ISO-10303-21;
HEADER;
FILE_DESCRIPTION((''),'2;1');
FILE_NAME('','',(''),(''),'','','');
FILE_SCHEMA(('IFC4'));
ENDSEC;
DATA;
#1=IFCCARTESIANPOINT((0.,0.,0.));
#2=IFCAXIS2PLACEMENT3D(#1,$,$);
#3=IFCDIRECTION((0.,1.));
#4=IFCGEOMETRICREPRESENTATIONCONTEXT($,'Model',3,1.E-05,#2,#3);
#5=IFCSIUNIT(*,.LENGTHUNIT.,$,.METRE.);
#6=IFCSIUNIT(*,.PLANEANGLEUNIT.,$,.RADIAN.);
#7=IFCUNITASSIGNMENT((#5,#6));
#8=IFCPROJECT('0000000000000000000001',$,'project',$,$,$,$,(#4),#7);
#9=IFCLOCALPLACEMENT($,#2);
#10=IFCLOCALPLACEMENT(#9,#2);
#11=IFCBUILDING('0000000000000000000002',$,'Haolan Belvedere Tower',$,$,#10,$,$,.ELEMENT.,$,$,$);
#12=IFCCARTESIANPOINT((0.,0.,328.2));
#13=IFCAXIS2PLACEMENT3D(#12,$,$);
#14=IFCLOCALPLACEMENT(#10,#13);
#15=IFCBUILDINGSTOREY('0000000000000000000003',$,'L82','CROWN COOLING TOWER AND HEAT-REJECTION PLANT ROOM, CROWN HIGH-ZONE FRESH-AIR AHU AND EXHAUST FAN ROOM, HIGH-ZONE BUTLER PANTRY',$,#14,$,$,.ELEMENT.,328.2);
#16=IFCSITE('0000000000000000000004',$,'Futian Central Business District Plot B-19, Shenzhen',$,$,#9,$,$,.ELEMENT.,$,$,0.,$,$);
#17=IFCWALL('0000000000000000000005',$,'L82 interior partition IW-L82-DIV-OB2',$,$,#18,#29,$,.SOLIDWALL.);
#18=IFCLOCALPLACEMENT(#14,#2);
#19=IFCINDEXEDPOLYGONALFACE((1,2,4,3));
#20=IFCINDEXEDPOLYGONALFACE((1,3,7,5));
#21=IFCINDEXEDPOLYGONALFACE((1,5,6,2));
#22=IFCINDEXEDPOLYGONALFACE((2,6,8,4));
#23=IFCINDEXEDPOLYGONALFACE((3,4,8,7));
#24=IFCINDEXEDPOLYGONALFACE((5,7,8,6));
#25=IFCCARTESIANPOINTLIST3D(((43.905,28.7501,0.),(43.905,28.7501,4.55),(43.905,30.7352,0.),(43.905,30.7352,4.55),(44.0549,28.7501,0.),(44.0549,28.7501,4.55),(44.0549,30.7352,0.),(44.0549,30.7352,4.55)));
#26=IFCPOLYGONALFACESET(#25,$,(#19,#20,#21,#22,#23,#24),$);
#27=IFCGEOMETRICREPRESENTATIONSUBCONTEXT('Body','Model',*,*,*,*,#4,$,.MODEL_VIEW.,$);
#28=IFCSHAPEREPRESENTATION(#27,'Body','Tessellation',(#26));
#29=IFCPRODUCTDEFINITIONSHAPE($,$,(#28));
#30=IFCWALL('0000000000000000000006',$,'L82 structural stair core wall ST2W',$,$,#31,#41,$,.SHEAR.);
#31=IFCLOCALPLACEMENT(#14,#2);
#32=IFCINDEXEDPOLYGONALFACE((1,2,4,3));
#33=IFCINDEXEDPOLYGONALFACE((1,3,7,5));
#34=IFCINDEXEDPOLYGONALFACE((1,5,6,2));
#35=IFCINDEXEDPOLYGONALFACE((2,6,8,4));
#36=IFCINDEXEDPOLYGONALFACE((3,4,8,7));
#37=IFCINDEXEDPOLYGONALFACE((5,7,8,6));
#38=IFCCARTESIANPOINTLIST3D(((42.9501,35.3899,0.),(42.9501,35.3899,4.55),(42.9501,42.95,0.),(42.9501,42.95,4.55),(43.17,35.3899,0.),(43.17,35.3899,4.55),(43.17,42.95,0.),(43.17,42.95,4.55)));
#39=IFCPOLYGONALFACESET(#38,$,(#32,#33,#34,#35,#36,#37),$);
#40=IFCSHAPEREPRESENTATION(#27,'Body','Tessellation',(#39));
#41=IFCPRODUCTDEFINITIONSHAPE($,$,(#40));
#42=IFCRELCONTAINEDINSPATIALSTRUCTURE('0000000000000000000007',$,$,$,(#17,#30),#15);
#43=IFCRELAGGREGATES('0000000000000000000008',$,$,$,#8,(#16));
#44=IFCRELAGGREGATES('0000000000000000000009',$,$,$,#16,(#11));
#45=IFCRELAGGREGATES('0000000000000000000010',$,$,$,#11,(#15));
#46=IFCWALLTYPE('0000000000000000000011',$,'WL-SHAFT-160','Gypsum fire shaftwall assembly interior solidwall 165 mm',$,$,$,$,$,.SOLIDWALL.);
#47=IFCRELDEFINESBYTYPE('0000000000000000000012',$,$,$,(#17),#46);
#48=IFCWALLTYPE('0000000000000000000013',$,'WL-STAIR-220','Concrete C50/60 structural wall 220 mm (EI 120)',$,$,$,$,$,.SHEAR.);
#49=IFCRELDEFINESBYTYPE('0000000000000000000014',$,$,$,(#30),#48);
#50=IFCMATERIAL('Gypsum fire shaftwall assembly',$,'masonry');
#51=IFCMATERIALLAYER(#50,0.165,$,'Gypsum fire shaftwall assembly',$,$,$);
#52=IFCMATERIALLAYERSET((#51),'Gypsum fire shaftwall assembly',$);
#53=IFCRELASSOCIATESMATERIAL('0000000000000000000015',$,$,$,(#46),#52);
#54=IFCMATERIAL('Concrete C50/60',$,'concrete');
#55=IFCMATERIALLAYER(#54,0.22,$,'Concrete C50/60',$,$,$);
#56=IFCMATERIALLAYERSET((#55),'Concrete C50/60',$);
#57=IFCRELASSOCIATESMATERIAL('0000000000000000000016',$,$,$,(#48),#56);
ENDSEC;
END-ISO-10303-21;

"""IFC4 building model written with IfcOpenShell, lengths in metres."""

from ifc_helpers import new_model, si_unit, direction, frame, frame_2d, origin, place, context, subcontext, project, spatial, rectangle, extrude, material, layer, layer_set, type_object, element, save


model = new_model("IFC4")

# Units and contexts
model_context = context("Model", 3, precision=1e-05, world=origin(), true_north=direction((0.0, 1.0)))
body_context = subcontext(model_context, "Body", "Model", "MODEL_VIEW")
ifc_project = project(units=[si_unit("LENGTHUNIT", "METRE"), si_unit("PLANEANGLEUNIT", "RADIAN")], contexts=[model_context])

# Site, building, storey
site_placement = place(None, origin())
site = spatial("IfcSite", under=ifc_project, at=site_placement, Name="Futian Central Business District Plot B-19, Shenzhen", CompositionType="ELEMENT", RefElevation=0.0)
building_placement = place(site_placement, origin())
building = spatial("IfcBuilding", under=site, at=building_placement, Name="Haolan Belvedere Tower", CompositionType="ELEMENT")
storey_placement = place(building_placement, frame((0.0, 0.0, 328.2)))
storey = spatial("IfcBuildingStorey", under=building, at=storey_placement, Name="L82", Description="CROWN COOLING TOWER AND HEAT-REJECTION PLANT ROOM, CROWN HIGH-ZONE FRESH-AIR AHU AND EXHAUST FAN ROOM, HIGH-ZONE BUTLER PANTRY", CompositionType="ELEMENT", Elevation=328.2)

# Walls
ifc_material_1 = material(Name="Gypsum fire shaftwall assembly", Category="masonry")
ifc_layer_1 = layer(ifc_material_1, 0.165, Name="Gypsum fire shaftwall assembly")
ifc_layer_set_1 = layer_set([ifc_layer_1], Name="Gypsum fire shaftwall assembly")
wall_type_1 = type_object("IfcWallType", Name="WL-SHAFT-160", Description="Gypsum fire shaftwall assembly interior solidwall 165 mm", PredefinedType="SOLIDWALL", material=ifc_layer_set_1)
wall_1_placement = place(storey_placement, frame((43.98, 28.75, 0.0), z_axis=(0.0, 0.0, 1.0), x_axis=(0.0, 1.0, 0.0)))
element("IfcWall", 1, at=wall_1_placement, inside=storey, type_object=wall_type_1, Name="L82 interior partition IW-L82-DIV-OB2", PredefinedType="SOLIDWALL", context=body_context, shape_type="SweptSolid", body=[
    extrude(rectangle(XDim=1.9851, YDim=0.1499, at=frame_2d((0.9927, 0.0))), origin(), (0.0, 0.0, 1.0), 4.55),
])
ifc_material_2 = material(Name="Concrete C50/60", Category="concrete")
ifc_layer_2 = layer(ifc_material_2, 0.22, Name="Concrete C50/60")
ifc_layer_set_2 = layer_set([ifc_layer_2], Name="Concrete C50/60")
wall_type_2 = type_object("IfcWallType", Name="WL-STAIR-220", Description="Concrete C50/60 structural wall 220 mm (EI 120)", PredefinedType="SHEAR", material=ifc_layer_set_2)
wall_2_placement = place(storey_placement, frame((43.0601, 35.3899, 0.0), z_axis=(0.0, 0.0, 1.0), x_axis=(0.0, 1.0, 0.0)))
element("IfcWall", 2, at=wall_2_placement, inside=storey, type_object=wall_type_2, Name="L82 structural stair core wall ST2W", PredefinedType="SHEAR", context=body_context, shape_type="SweptSolid", body=[
    extrude(rectangle(XDim=7.5601, YDim=0.22, at=frame_2d((3.78, 0.0))), origin(), (0.0, 0.0, 1.0), 4.55),
])

save(model, "model.ifc")
